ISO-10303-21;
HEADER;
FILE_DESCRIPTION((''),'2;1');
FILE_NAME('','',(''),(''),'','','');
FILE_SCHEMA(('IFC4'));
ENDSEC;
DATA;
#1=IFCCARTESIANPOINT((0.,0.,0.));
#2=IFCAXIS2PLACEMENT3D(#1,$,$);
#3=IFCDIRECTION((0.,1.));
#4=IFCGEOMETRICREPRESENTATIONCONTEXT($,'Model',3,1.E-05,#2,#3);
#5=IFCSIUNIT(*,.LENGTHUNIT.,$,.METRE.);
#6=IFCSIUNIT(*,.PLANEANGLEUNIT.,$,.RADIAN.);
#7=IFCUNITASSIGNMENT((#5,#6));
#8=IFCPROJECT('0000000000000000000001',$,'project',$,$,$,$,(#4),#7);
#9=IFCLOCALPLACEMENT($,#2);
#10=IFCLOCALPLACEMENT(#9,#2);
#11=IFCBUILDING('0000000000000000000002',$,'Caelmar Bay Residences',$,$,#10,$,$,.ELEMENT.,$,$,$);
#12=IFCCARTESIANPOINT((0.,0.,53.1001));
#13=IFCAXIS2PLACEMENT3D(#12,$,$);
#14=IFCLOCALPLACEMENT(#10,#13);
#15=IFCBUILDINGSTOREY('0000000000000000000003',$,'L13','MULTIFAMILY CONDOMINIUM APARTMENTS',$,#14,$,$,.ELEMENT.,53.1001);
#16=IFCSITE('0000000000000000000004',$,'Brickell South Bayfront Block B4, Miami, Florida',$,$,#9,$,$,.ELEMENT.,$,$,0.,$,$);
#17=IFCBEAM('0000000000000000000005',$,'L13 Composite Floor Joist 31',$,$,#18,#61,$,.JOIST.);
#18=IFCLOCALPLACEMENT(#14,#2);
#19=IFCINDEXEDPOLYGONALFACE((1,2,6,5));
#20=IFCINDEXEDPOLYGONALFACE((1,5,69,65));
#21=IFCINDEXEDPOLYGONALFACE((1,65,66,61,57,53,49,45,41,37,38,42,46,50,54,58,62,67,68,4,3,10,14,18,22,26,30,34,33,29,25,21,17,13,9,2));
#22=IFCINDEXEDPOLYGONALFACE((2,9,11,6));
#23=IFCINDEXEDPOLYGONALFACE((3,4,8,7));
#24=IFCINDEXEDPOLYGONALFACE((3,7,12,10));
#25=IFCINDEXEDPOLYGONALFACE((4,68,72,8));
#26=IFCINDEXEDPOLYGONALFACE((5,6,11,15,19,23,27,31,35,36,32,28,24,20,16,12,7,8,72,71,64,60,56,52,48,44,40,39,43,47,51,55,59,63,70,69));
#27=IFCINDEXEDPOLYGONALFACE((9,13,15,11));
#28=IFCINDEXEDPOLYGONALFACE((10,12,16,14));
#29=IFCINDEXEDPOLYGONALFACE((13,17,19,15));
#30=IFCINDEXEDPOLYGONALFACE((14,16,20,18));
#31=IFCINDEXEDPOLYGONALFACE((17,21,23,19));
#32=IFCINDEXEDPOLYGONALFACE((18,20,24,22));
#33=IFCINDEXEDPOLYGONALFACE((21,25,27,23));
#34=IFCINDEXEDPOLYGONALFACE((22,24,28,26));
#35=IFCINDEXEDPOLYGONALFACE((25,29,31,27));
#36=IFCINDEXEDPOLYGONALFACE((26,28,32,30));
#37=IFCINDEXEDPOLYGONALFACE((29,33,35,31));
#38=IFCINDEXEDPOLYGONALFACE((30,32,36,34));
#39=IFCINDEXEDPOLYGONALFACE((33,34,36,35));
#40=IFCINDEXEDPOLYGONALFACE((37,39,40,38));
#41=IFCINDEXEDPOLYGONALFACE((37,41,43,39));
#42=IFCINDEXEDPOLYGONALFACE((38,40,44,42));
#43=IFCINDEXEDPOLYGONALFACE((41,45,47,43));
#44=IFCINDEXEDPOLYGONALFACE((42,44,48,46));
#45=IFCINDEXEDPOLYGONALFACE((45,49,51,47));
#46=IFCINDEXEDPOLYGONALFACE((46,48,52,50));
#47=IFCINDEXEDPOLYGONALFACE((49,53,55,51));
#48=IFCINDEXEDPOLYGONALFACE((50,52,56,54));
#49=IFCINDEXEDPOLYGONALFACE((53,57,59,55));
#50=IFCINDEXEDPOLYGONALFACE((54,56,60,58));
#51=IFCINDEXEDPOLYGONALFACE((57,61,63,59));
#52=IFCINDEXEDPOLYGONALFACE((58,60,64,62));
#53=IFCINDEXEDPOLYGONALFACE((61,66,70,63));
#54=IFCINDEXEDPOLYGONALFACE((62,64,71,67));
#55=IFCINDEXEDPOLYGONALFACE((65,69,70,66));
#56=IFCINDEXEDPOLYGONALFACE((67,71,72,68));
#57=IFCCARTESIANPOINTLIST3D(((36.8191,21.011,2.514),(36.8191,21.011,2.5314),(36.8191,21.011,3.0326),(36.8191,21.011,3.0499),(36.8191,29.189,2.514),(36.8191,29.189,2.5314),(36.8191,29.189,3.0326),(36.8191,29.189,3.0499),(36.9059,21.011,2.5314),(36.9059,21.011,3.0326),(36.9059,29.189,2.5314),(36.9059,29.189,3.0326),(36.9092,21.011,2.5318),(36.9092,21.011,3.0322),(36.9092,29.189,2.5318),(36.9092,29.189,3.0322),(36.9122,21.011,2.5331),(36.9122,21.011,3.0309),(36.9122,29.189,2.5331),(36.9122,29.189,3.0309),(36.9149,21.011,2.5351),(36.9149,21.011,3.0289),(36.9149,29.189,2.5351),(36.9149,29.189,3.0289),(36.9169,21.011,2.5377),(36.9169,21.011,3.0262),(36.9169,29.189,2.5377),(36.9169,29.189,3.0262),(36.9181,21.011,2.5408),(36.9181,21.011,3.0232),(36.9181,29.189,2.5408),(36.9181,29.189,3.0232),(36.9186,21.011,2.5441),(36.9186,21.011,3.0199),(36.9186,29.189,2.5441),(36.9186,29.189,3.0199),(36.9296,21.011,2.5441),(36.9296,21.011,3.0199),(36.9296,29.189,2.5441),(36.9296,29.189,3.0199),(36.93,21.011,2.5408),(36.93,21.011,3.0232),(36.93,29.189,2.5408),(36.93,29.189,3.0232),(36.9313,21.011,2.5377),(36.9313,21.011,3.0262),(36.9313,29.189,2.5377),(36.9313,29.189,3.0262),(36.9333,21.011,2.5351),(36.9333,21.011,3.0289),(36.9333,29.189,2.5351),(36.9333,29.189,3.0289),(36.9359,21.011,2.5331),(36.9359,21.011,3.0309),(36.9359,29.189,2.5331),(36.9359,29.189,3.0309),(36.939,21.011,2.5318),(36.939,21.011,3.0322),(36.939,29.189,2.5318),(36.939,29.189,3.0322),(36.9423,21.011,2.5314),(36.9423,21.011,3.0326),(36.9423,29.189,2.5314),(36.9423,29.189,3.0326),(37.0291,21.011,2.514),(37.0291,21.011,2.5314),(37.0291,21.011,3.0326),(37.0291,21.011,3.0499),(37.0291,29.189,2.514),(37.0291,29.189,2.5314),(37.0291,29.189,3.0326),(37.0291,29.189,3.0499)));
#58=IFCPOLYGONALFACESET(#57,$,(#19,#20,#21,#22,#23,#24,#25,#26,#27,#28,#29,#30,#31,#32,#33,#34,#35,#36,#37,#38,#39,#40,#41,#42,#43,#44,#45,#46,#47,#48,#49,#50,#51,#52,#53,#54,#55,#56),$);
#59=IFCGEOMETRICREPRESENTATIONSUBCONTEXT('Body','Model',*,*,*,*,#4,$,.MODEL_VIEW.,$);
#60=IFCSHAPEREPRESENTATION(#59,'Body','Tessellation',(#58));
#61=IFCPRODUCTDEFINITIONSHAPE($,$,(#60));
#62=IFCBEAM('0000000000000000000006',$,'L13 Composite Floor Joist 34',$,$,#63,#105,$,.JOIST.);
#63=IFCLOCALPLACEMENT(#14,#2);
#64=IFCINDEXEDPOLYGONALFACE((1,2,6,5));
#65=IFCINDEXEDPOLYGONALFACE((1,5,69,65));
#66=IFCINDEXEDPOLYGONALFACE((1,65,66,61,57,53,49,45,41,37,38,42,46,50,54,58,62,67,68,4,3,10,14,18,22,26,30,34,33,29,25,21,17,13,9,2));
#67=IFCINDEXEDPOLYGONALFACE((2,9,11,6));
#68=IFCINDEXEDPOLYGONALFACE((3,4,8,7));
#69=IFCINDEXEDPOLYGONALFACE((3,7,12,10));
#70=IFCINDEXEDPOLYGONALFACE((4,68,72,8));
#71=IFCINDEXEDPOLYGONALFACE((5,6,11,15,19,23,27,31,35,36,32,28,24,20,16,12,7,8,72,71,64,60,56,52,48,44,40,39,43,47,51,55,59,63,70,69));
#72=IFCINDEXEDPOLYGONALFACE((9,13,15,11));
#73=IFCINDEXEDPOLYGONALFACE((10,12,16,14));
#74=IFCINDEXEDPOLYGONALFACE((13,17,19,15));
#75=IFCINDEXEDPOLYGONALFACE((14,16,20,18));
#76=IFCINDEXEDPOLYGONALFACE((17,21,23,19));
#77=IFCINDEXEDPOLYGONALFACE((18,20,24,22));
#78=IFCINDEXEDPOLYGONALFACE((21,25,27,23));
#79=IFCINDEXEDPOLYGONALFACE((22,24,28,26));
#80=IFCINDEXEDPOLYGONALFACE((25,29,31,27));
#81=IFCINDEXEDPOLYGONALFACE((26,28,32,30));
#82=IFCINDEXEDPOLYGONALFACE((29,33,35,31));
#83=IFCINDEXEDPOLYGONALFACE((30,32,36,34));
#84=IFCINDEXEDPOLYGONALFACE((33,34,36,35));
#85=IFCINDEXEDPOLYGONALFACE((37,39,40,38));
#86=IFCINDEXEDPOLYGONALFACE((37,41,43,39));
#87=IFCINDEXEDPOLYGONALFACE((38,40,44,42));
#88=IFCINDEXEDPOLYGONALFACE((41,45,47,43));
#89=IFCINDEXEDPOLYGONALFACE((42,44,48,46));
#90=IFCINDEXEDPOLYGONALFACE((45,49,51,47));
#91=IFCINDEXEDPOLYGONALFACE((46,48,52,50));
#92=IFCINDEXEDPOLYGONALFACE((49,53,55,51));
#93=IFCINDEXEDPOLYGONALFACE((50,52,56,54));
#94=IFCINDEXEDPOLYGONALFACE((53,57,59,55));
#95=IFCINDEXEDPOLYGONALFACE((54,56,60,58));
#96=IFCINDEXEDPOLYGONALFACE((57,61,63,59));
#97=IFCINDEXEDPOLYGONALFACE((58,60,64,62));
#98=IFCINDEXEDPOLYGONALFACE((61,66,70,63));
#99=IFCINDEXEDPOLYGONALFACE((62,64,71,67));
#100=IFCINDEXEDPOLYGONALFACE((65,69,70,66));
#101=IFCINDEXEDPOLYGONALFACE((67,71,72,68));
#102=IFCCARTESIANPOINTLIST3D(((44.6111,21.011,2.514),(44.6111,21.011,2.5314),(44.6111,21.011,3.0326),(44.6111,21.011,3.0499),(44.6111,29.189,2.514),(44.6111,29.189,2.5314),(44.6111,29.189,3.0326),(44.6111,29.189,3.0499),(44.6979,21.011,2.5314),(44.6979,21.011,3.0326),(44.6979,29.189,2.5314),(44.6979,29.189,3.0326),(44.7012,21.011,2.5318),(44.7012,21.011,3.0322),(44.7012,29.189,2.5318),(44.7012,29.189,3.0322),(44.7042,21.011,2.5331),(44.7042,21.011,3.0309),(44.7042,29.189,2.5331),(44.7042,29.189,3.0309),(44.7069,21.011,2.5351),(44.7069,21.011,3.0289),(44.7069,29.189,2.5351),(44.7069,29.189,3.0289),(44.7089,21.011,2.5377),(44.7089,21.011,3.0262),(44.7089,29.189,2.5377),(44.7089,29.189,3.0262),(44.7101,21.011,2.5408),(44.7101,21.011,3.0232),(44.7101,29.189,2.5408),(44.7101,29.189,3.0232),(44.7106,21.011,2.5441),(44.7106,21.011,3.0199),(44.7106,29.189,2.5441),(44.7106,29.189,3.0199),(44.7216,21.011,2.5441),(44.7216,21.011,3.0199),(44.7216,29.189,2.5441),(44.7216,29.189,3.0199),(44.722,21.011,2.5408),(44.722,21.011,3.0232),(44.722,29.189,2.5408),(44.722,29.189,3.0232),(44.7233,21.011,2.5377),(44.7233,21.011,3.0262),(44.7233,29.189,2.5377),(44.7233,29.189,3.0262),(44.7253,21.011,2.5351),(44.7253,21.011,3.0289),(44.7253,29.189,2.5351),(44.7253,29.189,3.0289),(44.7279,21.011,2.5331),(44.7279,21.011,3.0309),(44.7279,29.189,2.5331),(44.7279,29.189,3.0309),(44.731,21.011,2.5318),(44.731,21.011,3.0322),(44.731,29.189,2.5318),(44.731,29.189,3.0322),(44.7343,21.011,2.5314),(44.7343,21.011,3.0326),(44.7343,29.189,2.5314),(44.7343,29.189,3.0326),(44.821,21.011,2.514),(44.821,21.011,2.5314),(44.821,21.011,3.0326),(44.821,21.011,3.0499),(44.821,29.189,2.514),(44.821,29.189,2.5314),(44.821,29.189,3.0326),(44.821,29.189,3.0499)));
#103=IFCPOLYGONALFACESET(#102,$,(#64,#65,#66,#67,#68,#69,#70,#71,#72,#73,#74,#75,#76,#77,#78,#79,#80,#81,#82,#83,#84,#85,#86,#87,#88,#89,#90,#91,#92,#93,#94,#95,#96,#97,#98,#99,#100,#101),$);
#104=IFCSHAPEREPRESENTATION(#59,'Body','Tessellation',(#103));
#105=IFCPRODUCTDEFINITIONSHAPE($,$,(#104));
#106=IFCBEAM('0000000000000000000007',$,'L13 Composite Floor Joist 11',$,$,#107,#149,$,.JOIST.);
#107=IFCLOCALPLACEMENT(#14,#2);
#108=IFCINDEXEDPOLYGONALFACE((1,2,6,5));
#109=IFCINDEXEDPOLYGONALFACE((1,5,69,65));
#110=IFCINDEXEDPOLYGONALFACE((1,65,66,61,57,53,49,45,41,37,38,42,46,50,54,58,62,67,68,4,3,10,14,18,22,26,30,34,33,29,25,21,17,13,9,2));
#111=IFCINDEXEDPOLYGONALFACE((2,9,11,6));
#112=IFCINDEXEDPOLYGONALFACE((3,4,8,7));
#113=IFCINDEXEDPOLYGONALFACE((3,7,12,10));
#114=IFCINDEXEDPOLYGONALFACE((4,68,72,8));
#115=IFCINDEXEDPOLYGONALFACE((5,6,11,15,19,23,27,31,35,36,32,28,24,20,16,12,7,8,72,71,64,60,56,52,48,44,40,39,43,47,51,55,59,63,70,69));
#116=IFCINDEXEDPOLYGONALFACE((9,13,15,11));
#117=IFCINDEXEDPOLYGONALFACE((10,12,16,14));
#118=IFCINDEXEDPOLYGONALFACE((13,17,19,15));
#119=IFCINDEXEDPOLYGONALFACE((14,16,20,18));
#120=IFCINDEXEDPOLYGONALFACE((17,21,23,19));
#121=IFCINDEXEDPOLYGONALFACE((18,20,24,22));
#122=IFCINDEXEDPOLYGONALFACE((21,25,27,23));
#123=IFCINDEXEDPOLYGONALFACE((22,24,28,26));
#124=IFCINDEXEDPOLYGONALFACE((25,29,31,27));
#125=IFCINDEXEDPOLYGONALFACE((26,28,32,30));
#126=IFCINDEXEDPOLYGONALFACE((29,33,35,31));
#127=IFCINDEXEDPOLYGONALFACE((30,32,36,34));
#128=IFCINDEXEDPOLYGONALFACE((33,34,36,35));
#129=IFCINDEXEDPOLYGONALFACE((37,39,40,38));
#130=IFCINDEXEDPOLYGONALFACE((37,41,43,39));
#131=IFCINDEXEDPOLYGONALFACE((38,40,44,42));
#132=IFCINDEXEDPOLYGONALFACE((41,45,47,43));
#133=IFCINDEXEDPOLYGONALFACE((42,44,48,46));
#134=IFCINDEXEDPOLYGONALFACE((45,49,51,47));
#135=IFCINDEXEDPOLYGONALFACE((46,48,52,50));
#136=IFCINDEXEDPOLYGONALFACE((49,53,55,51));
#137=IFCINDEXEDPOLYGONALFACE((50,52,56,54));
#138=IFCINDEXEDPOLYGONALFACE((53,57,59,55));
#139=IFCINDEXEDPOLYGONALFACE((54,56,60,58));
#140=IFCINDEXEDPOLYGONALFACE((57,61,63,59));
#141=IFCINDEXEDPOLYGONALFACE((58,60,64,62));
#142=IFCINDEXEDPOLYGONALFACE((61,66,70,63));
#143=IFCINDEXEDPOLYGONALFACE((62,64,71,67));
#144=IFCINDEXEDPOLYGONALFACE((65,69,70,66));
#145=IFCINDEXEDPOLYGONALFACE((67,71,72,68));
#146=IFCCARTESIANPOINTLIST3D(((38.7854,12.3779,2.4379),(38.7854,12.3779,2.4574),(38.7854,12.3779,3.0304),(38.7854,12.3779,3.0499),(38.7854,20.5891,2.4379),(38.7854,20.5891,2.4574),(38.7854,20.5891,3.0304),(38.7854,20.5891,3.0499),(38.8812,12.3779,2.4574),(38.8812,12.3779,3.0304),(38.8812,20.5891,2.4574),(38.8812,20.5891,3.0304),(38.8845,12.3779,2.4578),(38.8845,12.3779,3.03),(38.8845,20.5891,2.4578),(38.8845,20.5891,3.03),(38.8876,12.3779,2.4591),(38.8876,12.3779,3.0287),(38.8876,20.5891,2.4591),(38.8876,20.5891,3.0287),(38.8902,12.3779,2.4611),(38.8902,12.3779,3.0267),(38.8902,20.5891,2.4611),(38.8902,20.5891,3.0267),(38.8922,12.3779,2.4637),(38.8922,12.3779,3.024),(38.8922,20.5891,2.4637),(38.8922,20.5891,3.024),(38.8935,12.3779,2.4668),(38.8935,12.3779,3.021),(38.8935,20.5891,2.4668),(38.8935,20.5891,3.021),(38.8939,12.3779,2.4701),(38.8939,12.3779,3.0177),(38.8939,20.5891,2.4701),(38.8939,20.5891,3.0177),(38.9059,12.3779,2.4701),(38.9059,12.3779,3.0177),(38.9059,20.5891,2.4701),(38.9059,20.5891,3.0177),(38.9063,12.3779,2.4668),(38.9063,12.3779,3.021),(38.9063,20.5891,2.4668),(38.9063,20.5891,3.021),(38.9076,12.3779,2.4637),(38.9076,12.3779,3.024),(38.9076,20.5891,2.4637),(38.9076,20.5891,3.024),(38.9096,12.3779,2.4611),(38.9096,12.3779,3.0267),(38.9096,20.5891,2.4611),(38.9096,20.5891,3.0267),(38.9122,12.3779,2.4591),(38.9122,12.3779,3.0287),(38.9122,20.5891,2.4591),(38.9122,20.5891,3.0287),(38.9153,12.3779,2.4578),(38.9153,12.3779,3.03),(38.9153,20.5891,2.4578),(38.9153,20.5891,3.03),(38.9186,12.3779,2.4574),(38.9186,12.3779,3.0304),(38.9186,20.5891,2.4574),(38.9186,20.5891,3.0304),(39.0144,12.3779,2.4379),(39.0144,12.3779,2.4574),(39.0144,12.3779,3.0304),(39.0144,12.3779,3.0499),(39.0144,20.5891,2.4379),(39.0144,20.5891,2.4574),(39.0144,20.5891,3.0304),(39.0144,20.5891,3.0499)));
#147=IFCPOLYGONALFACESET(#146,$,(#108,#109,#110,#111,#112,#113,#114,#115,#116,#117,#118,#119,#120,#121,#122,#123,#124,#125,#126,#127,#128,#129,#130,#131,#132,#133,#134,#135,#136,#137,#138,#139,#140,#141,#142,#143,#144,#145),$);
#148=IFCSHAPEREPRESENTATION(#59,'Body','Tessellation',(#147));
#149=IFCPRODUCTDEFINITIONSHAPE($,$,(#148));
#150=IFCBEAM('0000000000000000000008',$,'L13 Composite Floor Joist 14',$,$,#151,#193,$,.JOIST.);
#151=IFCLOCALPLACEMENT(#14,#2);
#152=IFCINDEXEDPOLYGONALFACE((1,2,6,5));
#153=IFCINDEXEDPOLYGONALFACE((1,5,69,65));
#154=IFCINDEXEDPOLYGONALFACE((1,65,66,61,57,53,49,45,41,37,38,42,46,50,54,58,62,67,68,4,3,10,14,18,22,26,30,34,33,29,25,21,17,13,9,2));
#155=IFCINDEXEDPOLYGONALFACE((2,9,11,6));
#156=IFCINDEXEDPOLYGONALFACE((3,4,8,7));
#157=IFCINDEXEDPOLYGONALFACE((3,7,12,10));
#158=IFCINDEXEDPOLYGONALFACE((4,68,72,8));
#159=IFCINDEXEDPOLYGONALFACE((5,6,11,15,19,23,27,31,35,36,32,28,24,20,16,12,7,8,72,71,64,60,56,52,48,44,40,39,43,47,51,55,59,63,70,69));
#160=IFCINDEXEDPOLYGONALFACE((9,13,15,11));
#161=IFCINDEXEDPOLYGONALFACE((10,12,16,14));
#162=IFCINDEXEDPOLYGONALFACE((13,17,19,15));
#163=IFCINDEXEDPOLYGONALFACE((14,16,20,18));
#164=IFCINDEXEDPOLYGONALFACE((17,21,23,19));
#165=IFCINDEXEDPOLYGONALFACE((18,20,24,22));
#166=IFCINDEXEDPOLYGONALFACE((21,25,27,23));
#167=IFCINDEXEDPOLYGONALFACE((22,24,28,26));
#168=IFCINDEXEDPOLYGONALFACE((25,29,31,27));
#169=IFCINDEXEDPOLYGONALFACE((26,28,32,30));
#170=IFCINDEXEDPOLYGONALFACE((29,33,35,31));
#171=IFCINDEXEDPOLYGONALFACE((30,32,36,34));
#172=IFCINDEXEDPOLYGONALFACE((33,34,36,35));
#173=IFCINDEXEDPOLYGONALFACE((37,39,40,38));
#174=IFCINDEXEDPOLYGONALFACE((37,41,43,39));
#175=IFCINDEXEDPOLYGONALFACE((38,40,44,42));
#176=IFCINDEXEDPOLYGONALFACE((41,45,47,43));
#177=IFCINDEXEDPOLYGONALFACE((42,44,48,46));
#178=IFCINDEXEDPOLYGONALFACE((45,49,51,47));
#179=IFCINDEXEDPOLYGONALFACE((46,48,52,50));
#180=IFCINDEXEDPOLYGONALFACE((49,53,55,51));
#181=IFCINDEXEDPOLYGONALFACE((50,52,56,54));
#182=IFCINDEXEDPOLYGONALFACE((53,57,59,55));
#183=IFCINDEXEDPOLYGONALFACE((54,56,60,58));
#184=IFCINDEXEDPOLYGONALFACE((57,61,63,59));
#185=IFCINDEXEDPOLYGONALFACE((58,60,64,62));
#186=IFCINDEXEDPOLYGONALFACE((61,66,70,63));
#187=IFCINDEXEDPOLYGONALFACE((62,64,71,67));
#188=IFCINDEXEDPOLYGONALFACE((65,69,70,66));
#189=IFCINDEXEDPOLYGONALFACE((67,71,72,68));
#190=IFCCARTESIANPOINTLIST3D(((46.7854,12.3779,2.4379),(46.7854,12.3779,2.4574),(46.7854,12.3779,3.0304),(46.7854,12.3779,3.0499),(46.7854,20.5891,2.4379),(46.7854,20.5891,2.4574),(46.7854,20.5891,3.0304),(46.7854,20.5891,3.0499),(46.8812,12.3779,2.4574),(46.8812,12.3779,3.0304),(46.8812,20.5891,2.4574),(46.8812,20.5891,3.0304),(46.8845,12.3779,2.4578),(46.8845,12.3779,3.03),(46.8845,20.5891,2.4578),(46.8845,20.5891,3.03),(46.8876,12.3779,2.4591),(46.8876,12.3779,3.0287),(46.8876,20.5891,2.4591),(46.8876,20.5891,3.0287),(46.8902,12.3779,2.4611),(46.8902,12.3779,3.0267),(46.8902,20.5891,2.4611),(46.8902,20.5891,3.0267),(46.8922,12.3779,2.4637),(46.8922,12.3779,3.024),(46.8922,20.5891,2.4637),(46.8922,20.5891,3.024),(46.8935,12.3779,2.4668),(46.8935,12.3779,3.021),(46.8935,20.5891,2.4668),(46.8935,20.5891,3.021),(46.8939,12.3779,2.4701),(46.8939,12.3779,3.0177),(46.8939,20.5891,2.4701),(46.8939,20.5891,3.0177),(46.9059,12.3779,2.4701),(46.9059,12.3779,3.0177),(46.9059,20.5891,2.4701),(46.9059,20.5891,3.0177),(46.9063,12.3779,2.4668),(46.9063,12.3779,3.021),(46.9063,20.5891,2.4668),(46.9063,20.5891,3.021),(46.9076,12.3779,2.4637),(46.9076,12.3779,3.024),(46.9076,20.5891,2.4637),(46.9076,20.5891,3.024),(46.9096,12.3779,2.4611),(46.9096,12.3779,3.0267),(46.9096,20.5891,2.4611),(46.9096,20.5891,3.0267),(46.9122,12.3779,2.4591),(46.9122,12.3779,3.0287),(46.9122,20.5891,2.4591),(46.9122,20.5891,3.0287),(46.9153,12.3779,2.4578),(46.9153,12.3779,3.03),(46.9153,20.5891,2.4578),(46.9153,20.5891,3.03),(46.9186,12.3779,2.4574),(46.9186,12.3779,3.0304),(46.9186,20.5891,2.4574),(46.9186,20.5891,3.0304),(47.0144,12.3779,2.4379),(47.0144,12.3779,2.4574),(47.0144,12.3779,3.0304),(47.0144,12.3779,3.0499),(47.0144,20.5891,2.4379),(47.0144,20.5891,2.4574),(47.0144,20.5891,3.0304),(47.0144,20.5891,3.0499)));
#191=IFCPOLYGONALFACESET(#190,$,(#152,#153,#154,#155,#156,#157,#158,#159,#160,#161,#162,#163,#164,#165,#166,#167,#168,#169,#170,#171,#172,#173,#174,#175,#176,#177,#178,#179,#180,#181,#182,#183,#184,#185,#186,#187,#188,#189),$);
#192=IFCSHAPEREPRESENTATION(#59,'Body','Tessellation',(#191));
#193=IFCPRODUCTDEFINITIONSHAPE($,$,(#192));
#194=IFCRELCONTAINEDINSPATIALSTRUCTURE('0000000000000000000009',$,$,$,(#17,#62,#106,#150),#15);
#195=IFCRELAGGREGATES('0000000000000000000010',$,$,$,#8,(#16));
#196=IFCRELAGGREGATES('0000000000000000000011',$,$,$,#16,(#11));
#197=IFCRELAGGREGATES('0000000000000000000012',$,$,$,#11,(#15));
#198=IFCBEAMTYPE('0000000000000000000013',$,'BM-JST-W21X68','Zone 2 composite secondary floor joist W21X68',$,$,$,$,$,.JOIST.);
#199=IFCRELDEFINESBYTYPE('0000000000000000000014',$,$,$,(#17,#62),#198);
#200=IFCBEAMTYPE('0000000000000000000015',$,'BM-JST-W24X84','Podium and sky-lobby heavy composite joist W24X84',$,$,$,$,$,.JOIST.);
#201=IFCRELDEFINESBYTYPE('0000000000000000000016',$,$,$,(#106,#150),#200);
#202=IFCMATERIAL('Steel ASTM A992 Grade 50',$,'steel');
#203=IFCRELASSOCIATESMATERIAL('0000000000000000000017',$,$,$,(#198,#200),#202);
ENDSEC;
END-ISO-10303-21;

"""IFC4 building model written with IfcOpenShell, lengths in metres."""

from ifc_helpers import new_model, si_unit, direction, frame, origin, origin_2d, place, context, subcontext, project, spatial, i_section, extrude, material, material_profile, profile_set, type_object, element, save


model = new_model("IFC4")

# Units and contexts
model_context = context("Model", 3, precision=1e-05, world=origin(), true_north=direction((0.0, 1.0)))
body_context = subcontext(model_context, "Body", "Model", "MODEL_VIEW")
ifc_project = project(units=[si_unit("LENGTHUNIT", "METRE"), si_unit("PLANEANGLEUNIT", "RADIAN")], contexts=[model_context])

# Site, building, storey
site_placement = place(None, origin())
site = spatial("IfcSite", under=ifc_project, at=site_placement, Name="Brickell South Bayfront Block B4, Miami, Florida", CompositionType="ELEMENT", RefElevation=0.0)
building_placement = place(site_placement, origin())
building = spatial("IfcBuilding", under=site, at=building_placement, Name="Caelmar Bay Residences", CompositionType="ELEMENT")
storey_placement = place(building_placement, frame((0.0, 0.0, 53.1001)))
storey = spatial("IfcBuildingStorey", under=building, at=storey_placement, Name="L13", Description="MULTIFAMILY CONDOMINIUM APARTMENTS", CompositionType="ELEMENT", Elevation=53.1001)

# Beams
ifc_material_1 = material(Name="Steel ASTM A992 Grade 50", Category="steel")
ifc_material_profile_1 = material_profile(ifc_material_1, i_section(OverallWidth=0.21, OverallDepth=0.5359, WebThickness=0.011, FlangeThickness=0.0173, FilletRadius=0.0127, at=origin_2d()), Name="W21X68")
ifc_profile_set_1 = profile_set([ifc_material_profile_1], Name="Steel ASTM A992 Grade 50")
beam_type_1 = type_object("IfcBeamType", Name="BM-JST-W21X68", Description="Zone 2 composite secondary floor joist W21X68", PredefinedType="JOIST", material=ifc_profile_set_1)
for number, where, z_axis, x_axis, name in (
    (1, (36.9241, 21.011, 2.782), (0.0, 1.0, 0.0), (-1.0, 0.0, 0.0), "L13 Composite Floor Joist 31"),
    (2, (44.7161, 21.011, 2.782), (0.0, 1.0, 0.0), (-1.0, 0.0, 0.0), "L13 Composite Floor Joist 34"),
):
    element("IfcBeam", number, at=place(storey_placement, frame(where, z_axis=z_axis, x_axis=x_axis)), inside=storey, type_object=beam_type_1, Name=name, PredefinedType="JOIST", context=body_context, shape_type="SweptSolid", body=[
        extrude(i_section(OverallWidth=0.21, OverallDepth=0.5359, WebThickness=0.011, FlangeThickness=0.0173, FilletRadius=0.0127, at=origin_2d()), origin(), (0.0, 0.0, 1.0), 8.178),
    ])
ifc_material_profile_2 = material_profile(ifc_material_1, i_section(OverallWidth=0.229, OverallDepth=0.6121, WebThickness=0.012, FlangeThickness=0.0195, FilletRadius=0.0127, at=origin_2d()), Name="W24X84")
ifc_profile_set_2 = profile_set([ifc_material_profile_2], Name="Steel ASTM A992 Grade 50")
beam_type_2 = type_object("IfcBeamType", Name="BM-JST-W24X84", Description="Podium and sky-lobby heavy composite joist W24X84", PredefinedType="JOIST", material=ifc_profile_set_2)
for number, where, z_axis, x_axis, name in (
    (3, (38.8999, 12.3779, 2.7439), (0.0, 1.0, 0.0), (-1.0, 0.0, 0.0), "L13 Composite Floor Joist 11"),
    (4, (46.8999, 12.3779, 2.7439), (0.0, 1.0, 0.0), (-1.0, 0.0, 0.0), "L13 Composite Floor Joist 14"),
):
    element("IfcBeam", number, at=place(storey_placement, frame(where, z_axis=z_axis, x_axis=x_axis)), inside=storey, type_object=beam_type_2, Name=name, PredefinedType="JOIST", context=body_context, shape_type="SweptSolid", body=[
        extrude(i_section(OverallWidth=0.229, OverallDepth=0.6121, WebThickness=0.012, FlangeThickness=0.0195, FilletRadius=0.0127, at=origin_2d()), origin(), (0.0, 0.0, 1.0), 8.2112),
    ])

save(model, "model.ifc")
